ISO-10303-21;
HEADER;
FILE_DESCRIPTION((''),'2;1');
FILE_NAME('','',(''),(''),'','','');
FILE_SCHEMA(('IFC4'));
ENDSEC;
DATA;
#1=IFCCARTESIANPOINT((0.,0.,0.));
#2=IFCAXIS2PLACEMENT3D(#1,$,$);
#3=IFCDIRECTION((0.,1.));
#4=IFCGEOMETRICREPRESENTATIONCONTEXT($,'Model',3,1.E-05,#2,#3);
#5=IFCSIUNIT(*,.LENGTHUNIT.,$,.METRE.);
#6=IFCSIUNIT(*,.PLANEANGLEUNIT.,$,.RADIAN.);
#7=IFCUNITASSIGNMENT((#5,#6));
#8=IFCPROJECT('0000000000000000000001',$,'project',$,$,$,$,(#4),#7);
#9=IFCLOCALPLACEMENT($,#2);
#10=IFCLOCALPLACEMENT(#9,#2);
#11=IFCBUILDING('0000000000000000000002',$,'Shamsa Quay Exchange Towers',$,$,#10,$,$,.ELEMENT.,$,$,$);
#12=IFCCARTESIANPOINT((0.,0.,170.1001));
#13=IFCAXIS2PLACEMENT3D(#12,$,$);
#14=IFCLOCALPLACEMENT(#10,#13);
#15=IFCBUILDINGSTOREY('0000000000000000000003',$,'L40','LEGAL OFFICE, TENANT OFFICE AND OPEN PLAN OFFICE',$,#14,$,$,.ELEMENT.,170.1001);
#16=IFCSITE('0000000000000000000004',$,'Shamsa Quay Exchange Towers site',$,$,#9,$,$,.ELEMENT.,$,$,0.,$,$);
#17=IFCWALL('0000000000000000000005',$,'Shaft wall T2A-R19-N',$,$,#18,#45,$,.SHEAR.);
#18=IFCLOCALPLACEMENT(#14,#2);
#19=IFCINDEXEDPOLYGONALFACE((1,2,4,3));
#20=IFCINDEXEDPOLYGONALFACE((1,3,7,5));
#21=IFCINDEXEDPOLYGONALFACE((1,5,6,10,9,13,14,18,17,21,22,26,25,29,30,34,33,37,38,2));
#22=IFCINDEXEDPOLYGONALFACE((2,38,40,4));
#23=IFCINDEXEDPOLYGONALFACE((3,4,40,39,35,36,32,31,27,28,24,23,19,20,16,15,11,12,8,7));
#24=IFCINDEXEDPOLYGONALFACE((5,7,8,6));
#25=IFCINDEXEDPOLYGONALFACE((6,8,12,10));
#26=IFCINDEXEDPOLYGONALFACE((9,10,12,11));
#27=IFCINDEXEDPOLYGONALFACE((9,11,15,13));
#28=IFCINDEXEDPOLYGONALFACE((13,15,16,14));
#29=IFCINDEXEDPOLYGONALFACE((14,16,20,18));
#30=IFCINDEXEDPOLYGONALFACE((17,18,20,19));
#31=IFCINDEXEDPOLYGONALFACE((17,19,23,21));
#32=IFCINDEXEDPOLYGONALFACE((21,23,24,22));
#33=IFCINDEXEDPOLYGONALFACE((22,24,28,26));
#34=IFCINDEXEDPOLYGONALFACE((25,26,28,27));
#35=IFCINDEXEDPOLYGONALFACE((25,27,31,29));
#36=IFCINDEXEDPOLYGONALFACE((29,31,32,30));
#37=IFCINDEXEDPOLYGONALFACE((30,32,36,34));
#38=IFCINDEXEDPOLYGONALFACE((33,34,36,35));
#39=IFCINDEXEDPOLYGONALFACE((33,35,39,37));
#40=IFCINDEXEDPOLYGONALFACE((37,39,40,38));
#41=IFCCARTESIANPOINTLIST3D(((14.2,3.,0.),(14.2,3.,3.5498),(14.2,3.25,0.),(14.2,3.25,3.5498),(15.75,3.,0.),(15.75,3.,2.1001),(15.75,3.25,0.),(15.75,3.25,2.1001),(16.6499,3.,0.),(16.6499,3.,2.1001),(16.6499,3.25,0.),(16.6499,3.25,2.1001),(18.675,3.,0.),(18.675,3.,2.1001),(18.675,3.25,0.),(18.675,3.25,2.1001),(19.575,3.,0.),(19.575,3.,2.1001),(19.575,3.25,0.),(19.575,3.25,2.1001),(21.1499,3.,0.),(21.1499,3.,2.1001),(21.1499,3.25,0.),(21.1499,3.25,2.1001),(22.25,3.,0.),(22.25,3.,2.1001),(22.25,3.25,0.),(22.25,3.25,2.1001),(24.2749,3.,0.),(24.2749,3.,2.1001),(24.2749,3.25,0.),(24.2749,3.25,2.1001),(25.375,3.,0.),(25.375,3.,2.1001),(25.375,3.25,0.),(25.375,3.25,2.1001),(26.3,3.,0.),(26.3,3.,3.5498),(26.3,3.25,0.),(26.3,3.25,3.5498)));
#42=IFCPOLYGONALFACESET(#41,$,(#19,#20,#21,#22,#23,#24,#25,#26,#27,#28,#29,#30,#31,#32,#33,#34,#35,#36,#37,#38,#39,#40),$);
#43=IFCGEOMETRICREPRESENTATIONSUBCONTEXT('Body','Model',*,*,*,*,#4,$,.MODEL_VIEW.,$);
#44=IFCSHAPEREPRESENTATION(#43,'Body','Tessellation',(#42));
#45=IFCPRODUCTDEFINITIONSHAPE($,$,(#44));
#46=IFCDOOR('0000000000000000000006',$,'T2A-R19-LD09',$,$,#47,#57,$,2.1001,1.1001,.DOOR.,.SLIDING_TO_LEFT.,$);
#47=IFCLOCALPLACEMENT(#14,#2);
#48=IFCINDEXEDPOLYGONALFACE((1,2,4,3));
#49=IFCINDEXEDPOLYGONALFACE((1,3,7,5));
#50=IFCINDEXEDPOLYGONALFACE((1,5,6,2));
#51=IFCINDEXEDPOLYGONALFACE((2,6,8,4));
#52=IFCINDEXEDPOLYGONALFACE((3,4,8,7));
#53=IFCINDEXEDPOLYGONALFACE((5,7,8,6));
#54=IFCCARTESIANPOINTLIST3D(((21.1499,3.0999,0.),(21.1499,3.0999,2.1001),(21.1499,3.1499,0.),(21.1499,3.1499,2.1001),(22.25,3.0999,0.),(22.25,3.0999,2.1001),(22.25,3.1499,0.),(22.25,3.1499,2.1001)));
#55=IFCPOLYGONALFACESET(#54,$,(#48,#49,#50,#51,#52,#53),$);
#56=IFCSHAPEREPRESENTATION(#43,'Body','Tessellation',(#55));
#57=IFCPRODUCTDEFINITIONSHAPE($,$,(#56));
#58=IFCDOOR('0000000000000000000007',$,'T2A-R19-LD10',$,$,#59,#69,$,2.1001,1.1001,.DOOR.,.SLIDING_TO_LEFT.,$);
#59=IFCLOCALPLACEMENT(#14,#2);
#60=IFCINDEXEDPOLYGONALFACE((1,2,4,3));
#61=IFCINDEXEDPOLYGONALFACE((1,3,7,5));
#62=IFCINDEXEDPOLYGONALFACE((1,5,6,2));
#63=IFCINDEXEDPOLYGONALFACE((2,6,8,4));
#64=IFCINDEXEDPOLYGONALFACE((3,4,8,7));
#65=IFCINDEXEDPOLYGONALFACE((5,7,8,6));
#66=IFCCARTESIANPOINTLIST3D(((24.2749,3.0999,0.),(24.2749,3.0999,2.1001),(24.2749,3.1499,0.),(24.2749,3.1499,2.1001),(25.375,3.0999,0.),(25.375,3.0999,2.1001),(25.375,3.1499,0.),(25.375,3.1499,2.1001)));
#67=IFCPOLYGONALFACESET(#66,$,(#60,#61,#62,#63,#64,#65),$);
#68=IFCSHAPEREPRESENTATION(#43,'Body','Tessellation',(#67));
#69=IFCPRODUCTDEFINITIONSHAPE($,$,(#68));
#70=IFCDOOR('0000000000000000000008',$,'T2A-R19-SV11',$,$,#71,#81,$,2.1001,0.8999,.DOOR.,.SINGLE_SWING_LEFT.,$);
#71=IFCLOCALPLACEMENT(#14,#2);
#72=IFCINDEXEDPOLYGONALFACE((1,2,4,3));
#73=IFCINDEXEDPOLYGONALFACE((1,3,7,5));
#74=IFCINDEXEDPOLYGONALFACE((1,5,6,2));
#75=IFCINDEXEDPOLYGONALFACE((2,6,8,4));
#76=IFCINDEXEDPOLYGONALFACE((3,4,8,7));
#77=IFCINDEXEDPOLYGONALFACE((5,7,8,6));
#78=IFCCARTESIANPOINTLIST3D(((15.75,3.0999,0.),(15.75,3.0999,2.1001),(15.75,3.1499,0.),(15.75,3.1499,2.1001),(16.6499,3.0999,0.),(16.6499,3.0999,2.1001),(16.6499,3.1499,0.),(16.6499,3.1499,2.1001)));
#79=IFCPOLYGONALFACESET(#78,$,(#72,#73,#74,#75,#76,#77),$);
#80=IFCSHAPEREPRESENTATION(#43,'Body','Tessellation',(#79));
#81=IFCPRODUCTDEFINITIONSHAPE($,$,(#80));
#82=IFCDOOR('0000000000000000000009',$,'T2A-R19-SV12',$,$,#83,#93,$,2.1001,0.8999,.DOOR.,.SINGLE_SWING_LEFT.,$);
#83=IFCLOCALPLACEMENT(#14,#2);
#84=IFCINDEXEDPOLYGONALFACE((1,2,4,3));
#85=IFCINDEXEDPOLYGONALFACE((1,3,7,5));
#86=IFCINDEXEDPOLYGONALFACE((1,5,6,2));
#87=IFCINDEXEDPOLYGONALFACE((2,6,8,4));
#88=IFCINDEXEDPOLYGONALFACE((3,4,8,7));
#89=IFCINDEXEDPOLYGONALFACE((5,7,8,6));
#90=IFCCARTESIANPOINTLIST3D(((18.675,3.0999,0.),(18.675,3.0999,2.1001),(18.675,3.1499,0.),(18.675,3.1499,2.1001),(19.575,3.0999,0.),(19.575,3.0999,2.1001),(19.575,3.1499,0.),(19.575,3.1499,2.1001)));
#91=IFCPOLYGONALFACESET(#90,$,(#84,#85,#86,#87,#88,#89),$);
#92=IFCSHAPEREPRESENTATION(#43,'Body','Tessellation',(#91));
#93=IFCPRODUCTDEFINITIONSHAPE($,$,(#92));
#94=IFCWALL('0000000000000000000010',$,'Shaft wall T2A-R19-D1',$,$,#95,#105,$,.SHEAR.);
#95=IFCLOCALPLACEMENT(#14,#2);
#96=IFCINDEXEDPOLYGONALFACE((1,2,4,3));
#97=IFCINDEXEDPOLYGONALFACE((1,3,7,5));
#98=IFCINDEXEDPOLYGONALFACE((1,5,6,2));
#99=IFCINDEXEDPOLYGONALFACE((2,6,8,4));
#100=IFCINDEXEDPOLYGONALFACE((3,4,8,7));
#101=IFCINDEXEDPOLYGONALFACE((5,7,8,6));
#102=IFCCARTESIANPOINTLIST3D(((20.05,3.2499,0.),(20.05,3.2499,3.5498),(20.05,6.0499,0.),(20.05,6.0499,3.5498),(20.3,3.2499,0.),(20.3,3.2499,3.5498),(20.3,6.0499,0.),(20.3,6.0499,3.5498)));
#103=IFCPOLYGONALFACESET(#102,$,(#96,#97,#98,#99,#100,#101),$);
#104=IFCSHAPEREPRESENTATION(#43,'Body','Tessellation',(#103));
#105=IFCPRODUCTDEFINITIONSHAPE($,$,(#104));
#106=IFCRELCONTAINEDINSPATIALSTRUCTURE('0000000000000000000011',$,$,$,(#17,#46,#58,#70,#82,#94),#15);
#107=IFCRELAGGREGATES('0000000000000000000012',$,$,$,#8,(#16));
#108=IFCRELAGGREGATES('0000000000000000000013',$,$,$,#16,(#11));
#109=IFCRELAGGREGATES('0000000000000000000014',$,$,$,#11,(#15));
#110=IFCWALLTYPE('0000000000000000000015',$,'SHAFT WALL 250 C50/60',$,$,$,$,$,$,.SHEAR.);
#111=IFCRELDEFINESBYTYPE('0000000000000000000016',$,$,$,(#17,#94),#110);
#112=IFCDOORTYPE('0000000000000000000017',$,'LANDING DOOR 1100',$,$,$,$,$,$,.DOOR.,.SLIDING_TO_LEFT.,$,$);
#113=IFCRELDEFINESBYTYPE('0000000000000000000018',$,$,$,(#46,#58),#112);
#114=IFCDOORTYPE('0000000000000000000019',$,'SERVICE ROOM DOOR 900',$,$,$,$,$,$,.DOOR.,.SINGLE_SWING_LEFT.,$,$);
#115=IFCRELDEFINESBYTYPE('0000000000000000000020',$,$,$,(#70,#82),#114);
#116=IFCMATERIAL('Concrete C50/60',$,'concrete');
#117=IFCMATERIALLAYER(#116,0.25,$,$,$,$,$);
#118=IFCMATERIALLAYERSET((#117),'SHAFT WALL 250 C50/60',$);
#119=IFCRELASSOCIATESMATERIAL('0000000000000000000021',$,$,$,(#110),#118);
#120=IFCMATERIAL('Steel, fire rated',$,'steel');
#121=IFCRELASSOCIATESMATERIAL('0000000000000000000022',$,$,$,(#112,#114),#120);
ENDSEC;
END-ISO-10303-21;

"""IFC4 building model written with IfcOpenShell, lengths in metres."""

from ifc_helpers import new_model, si_unit, direction, frame, frame_2d, origin, place, context, subcontext, project, spatial, rectangle, extrude, material, layer, layer_set, type_object, element, fill, save


model = new_model("IFC4")

# Units and contexts
model_context = context("Model", 3, precision=1e-05, world=origin(), true_north=direction((0.0, 1.0)))
body_context = subcontext(model_context, "Body", "Model", "MODEL_VIEW")
ifc_project = project(units=[si_unit("LENGTHUNIT", "METRE"), si_unit("PLANEANGLEUNIT", "RADIAN")], contexts=[model_context])

# Site, building, storey
site_placement = place(None, origin())
site = spatial("IfcSite", under=ifc_project, at=site_placement, Name="Shamsa Quay Exchange Towers site", CompositionType="ELEMENT", RefElevation=0.0)
building_placement = place(site_placement, origin())
building = spatial("IfcBuilding", under=site, at=building_placement, Name="Shamsa Quay Exchange Towers", CompositionType="ELEMENT")
storey_placement = place(building_placement, frame((0.0, 0.0, 170.1001)))
storey = spatial("IfcBuildingStorey", under=building, at=storey_placement, Name="L40", Description="LEGAL OFFICE, TENANT OFFICE AND OPEN PLAN OFFICE", CompositionType="ELEMENT", Elevation=170.1001)

# Shared definitions
ifc_material_1 = material(Name="Concrete C50/60", Category="concrete")

# Shared definitions
ifc_material_2 = material(Name="Steel, fire rated", Category="steel")

# Wall, openings, doors
ifc_layer_1 = layer(ifc_material_1, 0.25)
ifc_layer_set_1 = layer_set([ifc_layer_1], Name="SHAFT WALL 250 C50/60")
wall_type_1 = type_object("IfcWallType", Name="SHAFT WALL 250 C50/60", PredefinedType="SHEAR", material=ifc_layer_set_1)
wall_1_placement = place(storey_placement, frame((14.2, 3.125, 0.0)))
wall_1 = element("IfcWall", 1, at=wall_1_placement, inside=storey, type_object=wall_type_1, Name="Shaft wall T2A-R19-N", PredefinedType="SHEAR", context=body_context, shape_type="SweptSolid", body=[
    extrude(rectangle(XDim=12.1001, YDim=0.25, at=frame_2d((6.05, 0.0))), origin(), (0.0, 0.0, 1.0), 3.5498),
])
opening_1_placement = place(wall_1_placement, frame((6.95, 0.0, 0.0)))
opening_1 = element("IfcOpeningElement", 2, at=opening_1_placement, cuts=wall_1, PredefinedType="OPENING", context=body_context, shape_type="SweptSolid", body=[
    extrude(rectangle(XDim=1.1001, YDim=2.1001, at=frame_2d((0.55, 1.05))), frame((0.0, 0.135, 0.0), z_axis=(0.0, -1.0, 0.0), x_axis=(1.0, 0.0, 0.0)), (0.0, 0.0, 1.0), 0.27),
])
opening_2_placement = place(wall_1_placement, frame((10.075, 0.0, 0.0)))
opening_2 = element("IfcOpeningElement", 3, at=opening_2_placement, cuts=wall_1, PredefinedType="OPENING", context=body_context, shape_type="SweptSolid", body=[
    extrude(rectangle(XDim=1.1001, YDim=2.1001, at=frame_2d((0.55, 1.05))), frame((0.0, 0.135, 0.0), z_axis=(0.0, -1.0, 0.0), x_axis=(1.0, 0.0, 0.0)), (0.0, 0.0, 1.0), 0.27),
])
opening_3_placement = place(wall_1_placement, frame((1.55, 0.0, 0.0)))
opening_3 = element("IfcOpeningElement", 4, at=opening_3_placement, cuts=wall_1, PredefinedType="OPENING", context=body_context, shape_type="SweptSolid", body=[
    extrude(rectangle(XDim=0.8999, YDim=2.1001, at=frame_2d((0.45, 1.05))), frame((0.0, 0.135, 0.0), z_axis=(0.0, -1.0, 0.0), x_axis=(1.0, 0.0, 0.0)), (0.0, 0.0, 1.0), 0.27),
])
opening_4_placement = place(wall_1_placement, frame((4.4751, 0.0, 0.0)))
opening_4 = element("IfcOpeningElement", 5, at=opening_4_placement, cuts=wall_1, PredefinedType="OPENING", context=body_context, shape_type="SweptSolid", body=[
    extrude(rectangle(XDim=0.8999, YDim=2.1001, at=frame_2d((0.45, 1.05))), frame((0.0, 0.135, 0.0), z_axis=(0.0, -1.0, 0.0), x_axis=(1.0, 0.0, 0.0)), (0.0, 0.0, 1.0), 0.27),
])
door_type_1 = type_object("IfcDoorType", Name="LANDING DOOR 1100", OperationType="SLIDING_TO_LEFT", PredefinedType="DOOR", material=ifc_material_2)
door_1_placement = place(opening_1_placement, origin())
door_1 = element("IfcDoor", 6, at=door_1_placement, inside=storey, type_object=door_type_1, Name="T2A-R19-LD09", OperationType="SLIDING_TO_LEFT", OverallHeight=2.1001, OverallWidth=1.1001, PredefinedType="DOOR", context=body_context, shape_type="SweptSolid", body=[
    extrude(rectangle(XDim=1.1001, YDim=2.1001, at=frame_2d((0.55, 1.05))), frame((0.0, 0.0249, 0.0), z_axis=(0.0, -1.0, 0.0), x_axis=(1.0, 0.0, 0.0)), (0.0, 0.0, 1.0), 0.05),
])
fill(opening_1, door_1)
door_2_placement = place(opening_2_placement, origin())
door_2 = element("IfcDoor", 7, at=door_2_placement, inside=storey, type_object=door_type_1, Name="T2A-R19-LD10", OperationType="SLIDING_TO_LEFT", OverallHeight=2.1001, OverallWidth=1.1001, PredefinedType="DOOR", context=body_context, shape_type="SweptSolid", body=[
    extrude(rectangle(XDim=1.1001, YDim=2.1001, at=frame_2d((0.55, 1.05))), frame((0.0, 0.0249, 0.0), z_axis=(0.0, -1.0, 0.0), x_axis=(1.0, 0.0, 0.0)), (0.0, 0.0, 1.0), 0.05),
])
fill(opening_2, door_2)
door_type_2 = type_object("IfcDoorType", Name="SERVICE ROOM DOOR 900", OperationType="SINGLE_SWING_LEFT", PredefinedType="DOOR", material=ifc_material_2)
door_3_placement = place(opening_3_placement, origin())
door_3 = element("IfcDoor", 8, at=door_3_placement, inside=storey, type_object=door_type_2, Name="T2A-R19-SV11", OperationType="SINGLE_SWING_LEFT", OverallHeight=2.1001, OverallWidth=0.8999, PredefinedType="DOOR", context=body_context, shape_type="SweptSolid", body=[
    extrude(rectangle(XDim=0.8999, YDim=2.1001, at=frame_2d((0.45, 1.05))), frame((0.0, 0.0249, 0.0), z_axis=(0.0, -1.0, 0.0), x_axis=(1.0, 0.0, 0.0)), (0.0, 0.0, 1.0), 0.05),
])
fill(opening_3, door_3)
door_4_placement = place(opening_4_placement, origin())
door_4 = element("IfcDoor", 9, at=door_4_placement, inside=storey, type_object=door_type_2, Name="T2A-R19-SV12", OperationType="SINGLE_SWING_LEFT", OverallHeight=2.1001, OverallWidth=0.8999, PredefinedType="DOOR", context=body_context, shape_type="SweptSolid", body=[
    extrude(rectangle(XDim=0.8999, YDim=2.1001, at=frame_2d((0.45, 1.05))), frame((0.0, 0.0249, 0.0), z_axis=(0.0, -1.0, 0.0), x_axis=(1.0, 0.0, 0.0)), (0.0, 0.0, 1.0), 0.05),
])
fill(opening_4, door_4)

# Wall
wall_2_placement = place(storey_placement, frame((20.175, 3.25, 0.0), z_axis=(0.0, 0.0, 1.0), x_axis=(0.0, 1.0, 0.0)))
element("IfcWall", 10, at=wall_2_placement, inside=storey, type_object=wall_type_1, Name="Shaft wall T2A-R19-D1", PredefinedType="SHEAR", context=body_context, shape_type="SweptSolid", body=[
    extrude(rectangle(XDim=2.8, YDim=0.25, at=frame_2d((1.3999, 0.0))), origin(), (0.0, 0.0, 1.0), 3.5498),
])

save(model, "model.ifc")
